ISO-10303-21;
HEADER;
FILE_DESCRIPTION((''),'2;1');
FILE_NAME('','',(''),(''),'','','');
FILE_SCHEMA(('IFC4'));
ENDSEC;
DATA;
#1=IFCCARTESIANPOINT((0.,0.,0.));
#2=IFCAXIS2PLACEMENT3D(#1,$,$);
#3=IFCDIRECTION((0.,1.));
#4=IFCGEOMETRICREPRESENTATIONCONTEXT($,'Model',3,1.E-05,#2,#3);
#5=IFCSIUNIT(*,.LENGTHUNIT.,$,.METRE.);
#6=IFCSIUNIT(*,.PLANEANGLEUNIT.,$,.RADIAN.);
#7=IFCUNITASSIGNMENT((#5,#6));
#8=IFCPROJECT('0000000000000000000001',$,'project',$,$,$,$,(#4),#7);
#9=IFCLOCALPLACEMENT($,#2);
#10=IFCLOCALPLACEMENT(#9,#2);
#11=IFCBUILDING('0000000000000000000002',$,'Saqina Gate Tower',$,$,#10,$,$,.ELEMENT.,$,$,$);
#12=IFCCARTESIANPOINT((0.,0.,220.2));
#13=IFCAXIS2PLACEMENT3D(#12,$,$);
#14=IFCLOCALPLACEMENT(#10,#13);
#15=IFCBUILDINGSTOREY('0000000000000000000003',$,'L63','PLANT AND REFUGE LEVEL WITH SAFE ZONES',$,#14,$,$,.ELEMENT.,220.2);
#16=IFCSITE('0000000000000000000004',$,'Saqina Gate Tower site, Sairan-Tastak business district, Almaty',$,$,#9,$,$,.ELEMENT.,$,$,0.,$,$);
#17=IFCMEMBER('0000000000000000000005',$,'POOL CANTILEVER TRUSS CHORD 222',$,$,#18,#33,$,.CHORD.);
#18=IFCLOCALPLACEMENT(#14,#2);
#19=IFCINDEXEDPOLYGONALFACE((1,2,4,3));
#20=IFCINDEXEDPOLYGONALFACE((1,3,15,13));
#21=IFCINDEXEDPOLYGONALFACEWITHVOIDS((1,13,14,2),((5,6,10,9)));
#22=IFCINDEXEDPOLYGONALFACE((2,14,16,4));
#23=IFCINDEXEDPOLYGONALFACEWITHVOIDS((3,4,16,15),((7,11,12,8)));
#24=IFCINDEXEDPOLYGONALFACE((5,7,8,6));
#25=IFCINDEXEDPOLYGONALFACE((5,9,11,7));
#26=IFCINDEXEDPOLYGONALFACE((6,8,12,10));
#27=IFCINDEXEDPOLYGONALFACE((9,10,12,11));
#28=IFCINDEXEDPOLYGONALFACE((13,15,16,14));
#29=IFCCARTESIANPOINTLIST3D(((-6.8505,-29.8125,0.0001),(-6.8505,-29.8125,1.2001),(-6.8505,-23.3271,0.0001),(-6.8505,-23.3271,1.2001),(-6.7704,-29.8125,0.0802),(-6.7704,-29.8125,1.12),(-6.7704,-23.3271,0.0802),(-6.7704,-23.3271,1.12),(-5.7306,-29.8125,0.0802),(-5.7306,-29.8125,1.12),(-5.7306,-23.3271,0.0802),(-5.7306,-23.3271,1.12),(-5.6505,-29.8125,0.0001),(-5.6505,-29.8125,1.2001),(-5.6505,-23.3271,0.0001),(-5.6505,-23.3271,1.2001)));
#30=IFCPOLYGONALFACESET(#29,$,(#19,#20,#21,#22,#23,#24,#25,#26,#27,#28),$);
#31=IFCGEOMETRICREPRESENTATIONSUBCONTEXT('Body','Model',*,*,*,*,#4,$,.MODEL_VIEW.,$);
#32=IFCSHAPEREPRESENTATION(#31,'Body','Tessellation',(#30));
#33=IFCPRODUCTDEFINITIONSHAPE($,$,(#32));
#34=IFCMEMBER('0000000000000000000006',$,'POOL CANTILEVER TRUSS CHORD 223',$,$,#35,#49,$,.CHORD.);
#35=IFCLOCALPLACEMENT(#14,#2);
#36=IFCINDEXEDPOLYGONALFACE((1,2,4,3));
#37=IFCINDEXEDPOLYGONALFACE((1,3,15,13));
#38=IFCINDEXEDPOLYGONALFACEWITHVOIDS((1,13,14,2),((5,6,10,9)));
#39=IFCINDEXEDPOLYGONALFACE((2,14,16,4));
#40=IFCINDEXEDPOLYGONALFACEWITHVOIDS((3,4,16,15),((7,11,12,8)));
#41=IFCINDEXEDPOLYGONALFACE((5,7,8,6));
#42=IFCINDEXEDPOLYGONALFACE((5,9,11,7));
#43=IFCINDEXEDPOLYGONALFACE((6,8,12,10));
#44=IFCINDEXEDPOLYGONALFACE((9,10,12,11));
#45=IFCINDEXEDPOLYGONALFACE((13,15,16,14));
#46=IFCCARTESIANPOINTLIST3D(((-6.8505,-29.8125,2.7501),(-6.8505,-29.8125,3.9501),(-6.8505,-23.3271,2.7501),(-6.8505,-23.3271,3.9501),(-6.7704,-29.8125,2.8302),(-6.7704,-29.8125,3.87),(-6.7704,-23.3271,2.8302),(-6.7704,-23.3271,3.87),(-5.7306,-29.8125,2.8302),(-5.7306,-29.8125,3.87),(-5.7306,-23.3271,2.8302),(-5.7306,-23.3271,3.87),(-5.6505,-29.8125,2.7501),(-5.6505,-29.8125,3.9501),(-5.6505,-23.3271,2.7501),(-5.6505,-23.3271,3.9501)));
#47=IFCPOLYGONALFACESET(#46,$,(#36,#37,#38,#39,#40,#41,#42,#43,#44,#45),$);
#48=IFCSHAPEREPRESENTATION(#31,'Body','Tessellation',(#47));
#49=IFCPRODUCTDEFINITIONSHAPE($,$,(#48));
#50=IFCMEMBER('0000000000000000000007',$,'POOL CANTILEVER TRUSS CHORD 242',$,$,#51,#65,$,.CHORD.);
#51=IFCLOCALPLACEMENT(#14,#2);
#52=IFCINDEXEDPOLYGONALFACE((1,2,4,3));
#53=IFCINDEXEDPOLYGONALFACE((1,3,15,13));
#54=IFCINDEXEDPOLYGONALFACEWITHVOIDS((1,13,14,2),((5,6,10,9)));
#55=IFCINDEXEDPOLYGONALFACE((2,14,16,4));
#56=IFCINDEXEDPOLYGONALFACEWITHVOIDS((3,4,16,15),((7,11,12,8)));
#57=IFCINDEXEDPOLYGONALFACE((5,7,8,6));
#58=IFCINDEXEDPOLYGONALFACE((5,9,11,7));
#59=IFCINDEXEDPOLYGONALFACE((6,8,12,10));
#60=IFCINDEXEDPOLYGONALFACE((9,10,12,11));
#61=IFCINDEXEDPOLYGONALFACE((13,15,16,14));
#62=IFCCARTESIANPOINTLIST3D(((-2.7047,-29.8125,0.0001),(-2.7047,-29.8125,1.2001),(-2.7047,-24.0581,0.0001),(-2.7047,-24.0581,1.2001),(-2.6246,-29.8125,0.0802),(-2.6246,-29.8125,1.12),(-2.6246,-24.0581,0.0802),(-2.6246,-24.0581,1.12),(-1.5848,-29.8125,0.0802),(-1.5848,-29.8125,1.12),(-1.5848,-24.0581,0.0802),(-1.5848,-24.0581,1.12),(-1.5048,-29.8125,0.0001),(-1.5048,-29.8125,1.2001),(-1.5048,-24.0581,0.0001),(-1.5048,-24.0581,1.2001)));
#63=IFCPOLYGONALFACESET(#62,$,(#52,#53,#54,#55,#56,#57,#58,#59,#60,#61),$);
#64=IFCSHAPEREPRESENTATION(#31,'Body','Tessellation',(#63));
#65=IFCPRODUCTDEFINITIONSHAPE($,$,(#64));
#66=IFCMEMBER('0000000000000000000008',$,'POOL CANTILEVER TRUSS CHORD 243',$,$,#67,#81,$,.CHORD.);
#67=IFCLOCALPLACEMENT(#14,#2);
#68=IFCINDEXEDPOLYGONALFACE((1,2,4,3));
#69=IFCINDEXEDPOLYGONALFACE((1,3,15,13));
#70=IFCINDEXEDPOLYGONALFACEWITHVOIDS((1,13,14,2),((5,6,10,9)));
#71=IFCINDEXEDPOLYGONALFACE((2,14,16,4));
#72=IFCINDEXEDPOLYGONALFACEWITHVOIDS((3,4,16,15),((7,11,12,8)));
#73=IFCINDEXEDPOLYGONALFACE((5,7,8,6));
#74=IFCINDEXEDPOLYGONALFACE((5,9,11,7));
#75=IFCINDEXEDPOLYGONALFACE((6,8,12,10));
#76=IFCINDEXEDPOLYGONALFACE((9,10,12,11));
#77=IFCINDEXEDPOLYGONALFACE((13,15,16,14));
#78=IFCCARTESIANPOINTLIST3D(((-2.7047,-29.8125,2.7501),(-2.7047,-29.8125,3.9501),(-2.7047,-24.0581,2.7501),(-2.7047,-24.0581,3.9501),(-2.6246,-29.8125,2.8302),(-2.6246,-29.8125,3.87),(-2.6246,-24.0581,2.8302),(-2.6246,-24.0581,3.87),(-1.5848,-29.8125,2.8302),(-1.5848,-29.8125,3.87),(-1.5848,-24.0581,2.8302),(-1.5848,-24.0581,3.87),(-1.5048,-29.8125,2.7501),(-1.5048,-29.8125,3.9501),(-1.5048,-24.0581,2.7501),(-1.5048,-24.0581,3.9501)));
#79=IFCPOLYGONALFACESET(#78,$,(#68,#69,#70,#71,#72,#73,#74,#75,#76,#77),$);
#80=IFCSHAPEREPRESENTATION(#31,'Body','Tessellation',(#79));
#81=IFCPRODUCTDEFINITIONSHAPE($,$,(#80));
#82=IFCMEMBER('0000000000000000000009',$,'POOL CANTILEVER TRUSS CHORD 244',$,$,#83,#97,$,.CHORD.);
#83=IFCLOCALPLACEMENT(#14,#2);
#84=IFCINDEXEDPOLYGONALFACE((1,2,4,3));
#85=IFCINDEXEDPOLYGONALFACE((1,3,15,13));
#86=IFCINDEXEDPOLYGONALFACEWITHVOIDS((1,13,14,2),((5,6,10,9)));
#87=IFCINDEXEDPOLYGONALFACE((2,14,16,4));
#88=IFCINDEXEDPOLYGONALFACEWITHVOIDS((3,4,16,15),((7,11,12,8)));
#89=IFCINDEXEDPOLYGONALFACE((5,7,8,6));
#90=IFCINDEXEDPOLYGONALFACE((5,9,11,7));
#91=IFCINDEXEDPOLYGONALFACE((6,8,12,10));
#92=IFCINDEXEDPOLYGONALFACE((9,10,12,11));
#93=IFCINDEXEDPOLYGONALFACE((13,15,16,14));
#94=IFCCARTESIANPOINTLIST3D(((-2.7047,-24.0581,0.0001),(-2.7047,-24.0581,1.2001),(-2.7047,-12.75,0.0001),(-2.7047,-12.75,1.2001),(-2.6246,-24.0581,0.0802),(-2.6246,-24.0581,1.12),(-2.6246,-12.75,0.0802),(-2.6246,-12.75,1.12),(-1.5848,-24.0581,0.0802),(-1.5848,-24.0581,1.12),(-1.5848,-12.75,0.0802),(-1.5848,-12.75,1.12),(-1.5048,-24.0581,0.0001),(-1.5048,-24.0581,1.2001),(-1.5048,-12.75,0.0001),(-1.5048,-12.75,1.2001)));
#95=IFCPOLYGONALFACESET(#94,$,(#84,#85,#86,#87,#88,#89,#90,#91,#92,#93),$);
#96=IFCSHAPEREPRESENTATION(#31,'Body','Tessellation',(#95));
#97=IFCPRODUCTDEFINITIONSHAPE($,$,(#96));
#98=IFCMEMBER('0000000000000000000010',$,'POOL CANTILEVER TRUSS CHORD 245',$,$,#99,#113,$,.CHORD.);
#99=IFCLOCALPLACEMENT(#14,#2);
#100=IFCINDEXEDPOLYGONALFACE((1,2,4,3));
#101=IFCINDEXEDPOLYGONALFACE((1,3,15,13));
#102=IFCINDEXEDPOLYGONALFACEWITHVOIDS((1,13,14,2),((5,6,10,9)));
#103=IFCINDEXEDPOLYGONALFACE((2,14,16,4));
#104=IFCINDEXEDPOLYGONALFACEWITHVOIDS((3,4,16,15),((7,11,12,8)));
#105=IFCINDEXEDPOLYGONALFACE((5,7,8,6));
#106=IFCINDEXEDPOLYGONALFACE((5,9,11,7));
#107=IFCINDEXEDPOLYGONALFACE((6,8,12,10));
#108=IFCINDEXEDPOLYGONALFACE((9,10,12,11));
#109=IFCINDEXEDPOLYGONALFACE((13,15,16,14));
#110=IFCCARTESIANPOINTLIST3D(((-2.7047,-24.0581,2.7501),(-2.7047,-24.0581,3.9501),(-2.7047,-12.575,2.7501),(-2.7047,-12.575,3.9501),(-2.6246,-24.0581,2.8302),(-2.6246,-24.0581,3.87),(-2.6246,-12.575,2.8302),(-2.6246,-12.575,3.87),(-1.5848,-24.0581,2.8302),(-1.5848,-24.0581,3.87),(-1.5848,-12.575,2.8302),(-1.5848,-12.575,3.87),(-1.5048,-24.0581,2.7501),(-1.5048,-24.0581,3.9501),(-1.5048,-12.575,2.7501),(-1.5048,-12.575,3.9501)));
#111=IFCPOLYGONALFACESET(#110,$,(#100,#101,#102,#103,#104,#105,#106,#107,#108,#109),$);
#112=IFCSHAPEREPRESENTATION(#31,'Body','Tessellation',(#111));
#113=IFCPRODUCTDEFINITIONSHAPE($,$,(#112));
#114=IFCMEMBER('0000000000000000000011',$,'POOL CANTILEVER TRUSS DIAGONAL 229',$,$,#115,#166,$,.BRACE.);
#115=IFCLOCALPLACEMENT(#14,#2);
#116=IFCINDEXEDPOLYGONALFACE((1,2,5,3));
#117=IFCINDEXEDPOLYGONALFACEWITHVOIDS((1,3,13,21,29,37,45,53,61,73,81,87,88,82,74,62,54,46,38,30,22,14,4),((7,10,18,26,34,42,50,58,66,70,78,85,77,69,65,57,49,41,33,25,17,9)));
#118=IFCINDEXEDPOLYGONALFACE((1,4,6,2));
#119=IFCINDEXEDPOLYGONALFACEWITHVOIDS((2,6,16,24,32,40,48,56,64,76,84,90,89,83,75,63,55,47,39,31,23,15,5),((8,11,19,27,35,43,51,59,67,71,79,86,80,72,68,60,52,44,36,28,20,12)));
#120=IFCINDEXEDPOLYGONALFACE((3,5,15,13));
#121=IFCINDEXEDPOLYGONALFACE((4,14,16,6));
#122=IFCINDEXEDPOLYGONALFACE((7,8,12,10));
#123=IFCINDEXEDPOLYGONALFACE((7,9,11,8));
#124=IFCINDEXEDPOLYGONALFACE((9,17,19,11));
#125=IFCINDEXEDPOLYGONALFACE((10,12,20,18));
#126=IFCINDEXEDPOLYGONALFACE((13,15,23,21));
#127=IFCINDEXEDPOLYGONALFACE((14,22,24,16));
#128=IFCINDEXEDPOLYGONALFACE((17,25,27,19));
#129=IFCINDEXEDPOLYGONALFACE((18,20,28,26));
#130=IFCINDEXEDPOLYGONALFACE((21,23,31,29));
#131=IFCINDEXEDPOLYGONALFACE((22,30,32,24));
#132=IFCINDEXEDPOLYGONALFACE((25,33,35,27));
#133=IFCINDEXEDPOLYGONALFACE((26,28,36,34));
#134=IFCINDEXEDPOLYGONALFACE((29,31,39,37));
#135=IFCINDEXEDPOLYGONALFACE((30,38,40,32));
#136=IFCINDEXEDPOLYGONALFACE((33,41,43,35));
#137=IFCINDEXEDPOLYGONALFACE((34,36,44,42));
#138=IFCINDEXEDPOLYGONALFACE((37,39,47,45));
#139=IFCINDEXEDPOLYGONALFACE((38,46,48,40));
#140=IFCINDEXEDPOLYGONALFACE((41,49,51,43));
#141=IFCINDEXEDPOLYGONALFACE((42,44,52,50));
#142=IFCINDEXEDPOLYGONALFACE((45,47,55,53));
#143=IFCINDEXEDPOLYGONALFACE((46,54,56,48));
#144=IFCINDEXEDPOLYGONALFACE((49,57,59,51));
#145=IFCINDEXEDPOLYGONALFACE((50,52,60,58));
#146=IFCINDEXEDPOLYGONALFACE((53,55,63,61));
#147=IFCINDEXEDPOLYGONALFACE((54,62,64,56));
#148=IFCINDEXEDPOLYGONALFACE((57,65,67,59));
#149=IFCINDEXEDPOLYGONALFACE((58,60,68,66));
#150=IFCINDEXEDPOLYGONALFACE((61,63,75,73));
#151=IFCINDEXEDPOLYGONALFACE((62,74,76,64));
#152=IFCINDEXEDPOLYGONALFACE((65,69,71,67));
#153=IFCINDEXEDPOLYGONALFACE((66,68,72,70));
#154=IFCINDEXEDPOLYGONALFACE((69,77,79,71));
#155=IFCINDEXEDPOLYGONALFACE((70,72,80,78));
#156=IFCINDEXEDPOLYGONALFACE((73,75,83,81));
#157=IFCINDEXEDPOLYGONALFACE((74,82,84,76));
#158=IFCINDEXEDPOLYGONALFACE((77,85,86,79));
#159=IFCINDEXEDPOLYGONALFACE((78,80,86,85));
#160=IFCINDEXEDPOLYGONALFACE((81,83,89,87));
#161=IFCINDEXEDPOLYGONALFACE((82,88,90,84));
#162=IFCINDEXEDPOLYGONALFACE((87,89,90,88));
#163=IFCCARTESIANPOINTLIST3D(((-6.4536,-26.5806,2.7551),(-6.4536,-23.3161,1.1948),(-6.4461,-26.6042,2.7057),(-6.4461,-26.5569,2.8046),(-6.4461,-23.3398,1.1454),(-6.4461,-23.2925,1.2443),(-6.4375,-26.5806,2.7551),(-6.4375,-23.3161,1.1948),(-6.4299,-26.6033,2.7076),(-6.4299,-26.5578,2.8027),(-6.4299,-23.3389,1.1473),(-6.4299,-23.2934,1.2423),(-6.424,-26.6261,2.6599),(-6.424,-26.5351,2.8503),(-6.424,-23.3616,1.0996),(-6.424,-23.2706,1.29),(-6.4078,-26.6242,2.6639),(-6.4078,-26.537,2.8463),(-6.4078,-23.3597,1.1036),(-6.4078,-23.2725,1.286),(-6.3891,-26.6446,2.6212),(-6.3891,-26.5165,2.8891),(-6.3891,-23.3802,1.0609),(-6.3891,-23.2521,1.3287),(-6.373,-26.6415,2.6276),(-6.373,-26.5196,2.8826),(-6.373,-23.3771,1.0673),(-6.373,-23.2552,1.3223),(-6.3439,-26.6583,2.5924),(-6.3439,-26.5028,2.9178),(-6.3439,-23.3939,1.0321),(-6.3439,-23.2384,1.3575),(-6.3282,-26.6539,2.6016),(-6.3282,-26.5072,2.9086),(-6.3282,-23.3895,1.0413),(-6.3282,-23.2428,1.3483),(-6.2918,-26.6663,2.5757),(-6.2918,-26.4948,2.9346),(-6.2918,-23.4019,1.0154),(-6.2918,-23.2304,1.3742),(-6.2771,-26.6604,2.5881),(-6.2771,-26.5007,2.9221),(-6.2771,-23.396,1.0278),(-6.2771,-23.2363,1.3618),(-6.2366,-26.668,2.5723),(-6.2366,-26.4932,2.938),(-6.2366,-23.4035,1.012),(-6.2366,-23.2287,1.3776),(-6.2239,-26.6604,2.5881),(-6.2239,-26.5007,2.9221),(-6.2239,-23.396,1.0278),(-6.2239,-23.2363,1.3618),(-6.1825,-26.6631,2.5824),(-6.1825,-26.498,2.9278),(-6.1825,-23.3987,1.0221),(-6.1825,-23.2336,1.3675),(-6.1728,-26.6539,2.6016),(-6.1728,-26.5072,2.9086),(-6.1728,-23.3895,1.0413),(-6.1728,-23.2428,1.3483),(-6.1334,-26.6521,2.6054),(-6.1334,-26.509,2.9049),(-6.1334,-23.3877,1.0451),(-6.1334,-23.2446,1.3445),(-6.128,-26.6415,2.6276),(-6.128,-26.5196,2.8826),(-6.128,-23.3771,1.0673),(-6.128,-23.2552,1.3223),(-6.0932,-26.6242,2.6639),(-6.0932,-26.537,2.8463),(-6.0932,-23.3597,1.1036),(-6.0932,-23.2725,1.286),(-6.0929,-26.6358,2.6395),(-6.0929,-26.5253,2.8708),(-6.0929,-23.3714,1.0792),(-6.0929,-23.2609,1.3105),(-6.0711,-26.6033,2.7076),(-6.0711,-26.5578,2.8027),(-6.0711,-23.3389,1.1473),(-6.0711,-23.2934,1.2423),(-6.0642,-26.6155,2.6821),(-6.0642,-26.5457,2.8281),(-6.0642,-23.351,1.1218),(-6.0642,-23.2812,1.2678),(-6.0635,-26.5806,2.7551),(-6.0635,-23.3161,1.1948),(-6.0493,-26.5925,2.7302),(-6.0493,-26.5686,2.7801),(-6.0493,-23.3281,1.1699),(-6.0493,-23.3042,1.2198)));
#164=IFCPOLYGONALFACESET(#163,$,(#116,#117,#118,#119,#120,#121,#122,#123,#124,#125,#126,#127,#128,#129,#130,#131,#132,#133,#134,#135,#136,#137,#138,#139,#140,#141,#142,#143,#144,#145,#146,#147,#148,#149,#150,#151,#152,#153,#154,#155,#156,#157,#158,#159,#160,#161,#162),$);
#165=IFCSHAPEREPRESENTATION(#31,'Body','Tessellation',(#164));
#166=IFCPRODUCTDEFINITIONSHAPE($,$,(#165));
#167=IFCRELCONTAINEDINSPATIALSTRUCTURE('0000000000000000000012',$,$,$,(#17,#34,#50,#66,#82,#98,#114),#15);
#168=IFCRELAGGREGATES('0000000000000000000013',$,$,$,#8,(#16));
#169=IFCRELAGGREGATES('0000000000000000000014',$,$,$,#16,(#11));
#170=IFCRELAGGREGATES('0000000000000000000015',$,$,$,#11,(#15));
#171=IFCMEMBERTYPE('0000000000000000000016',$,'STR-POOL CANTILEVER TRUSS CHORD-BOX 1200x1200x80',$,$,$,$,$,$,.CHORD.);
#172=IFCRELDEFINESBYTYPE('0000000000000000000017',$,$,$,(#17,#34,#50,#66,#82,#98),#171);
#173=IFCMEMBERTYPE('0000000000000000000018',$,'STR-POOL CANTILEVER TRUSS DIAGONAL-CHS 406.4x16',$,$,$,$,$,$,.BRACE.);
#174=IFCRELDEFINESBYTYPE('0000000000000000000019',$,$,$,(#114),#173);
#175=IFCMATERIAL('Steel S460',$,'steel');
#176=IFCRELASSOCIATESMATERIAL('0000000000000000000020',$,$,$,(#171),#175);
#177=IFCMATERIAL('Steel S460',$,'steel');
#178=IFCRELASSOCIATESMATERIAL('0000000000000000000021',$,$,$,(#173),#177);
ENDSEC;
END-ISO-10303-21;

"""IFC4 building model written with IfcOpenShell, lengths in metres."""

from ifc_helpers import new_model, si_unit, direction, frame, origin, origin_2d, place, context, subcontext, project, spatial, hollow_rectangle, hollow_circle, extrude, material, material_profile, profile_set, type_object, element, save


model = new_model("IFC4")

# Units and contexts
model_context = context("Model", 3, precision=1e-05, world=origin(), true_north=direction((0.0, 1.0)))
body_context = subcontext(model_context, "Body", "Model", "MODEL_VIEW")
ifc_project = project(units=[si_unit("LENGTHUNIT", "METRE"), si_unit("PLANEANGLEUNIT", "RADIAN")], contexts=[model_context])

# Site, building, storey
site_placement = place(None, origin())
site = spatial("IfcSite", under=ifc_project, at=site_placement, Name="Saqina Gate Tower site, Sairan-Tastak business district, Almaty", CompositionType="ELEMENT", RefElevation=0.0)
building_placement = place(site_placement, origin())
building = spatial("IfcBuilding", under=site, at=building_placement, Name="Saqina Gate Tower", CompositionType="ELEMENT")
storey_placement = place(building_placement, frame((0.0, 0.0, 220.2)))
storey = spatial("IfcBuildingStorey", under=building, at=storey_placement, Name="L63", Description="PLANT AND REFUGE LEVEL WITH SAFE ZONES", CompositionType="ELEMENT", Elevation=220.2)

# Members
ifc_material_1 = material(Name="Steel S460", Category="steel")
ifc_material_profile_1 = material_profile(ifc_material_1, hollow_rectangle(XDim=1.2, YDim=1.2, WallThickness=0.0801, at=origin_2d()), Name="BOX 1200x1200x80")
ifc_profile_set_1 = profile_set([ifc_material_profile_1], Name="Steel S460")
member_type_1 = type_object("IfcMemberType", Name="STR-POOL CANTILEVER TRUSS CHORD-BOX 1200x1200x80", PredefinedType="CHORD", material=ifc_profile_set_1)
for number, where, z_axis, x_axis, name in (
    (1, (-6.2505, -29.8125, 0.6001), (0.0, 1.0, 0.0), (-1.0, 0.0, 0.0), "POOL CANTILEVER TRUSS CHORD 222"),
    (2, (-6.2505, -29.8125, 3.3501), (0.0, 1.0, 0.0), (-1.0, 0.0, 0.0), "POOL CANTILEVER TRUSS CHORD 223"),
):
    element("IfcMember", number, at=place(storey_placement, frame(where, z_axis=z_axis, x_axis=x_axis)), inside=storey, type_object=member_type_1, Name=name, PredefinedType="CHORD", context=body_context, shape_type="SweptSolid", body=[
        extrude(hollow_rectangle(XDim=1.2, YDim=1.2, WallThickness=0.0801, at=origin_2d()), origin(), (0.0, 0.0, 1.0), 6.4854),
    ])
for number, where, z_axis, x_axis, name in (
    (3, (-2.1047, -29.8125, 0.6001), (0.0, 1.0, 0.0), (-1.0, 0.0, 0.0), "POOL CANTILEVER TRUSS CHORD 242"),
    (4, (-2.1047, -29.8125, 3.3501), (0.0, 1.0, 0.0), (-1.0, 0.0, 0.0), "POOL CANTILEVER TRUSS CHORD 243"),
):
    element("IfcMember", number, at=place(storey_placement, frame(where, z_axis=z_axis, x_axis=x_axis)), inside=storey, type_object=member_type_1, Name=name, PredefinedType="CHORD", context=body_context, shape_type="SweptSolid", body=[
        extrude(hollow_rectangle(XDim=1.2, YDim=1.2, WallThickness=0.0801, at=origin_2d()), origin(), (0.0, 0.0, 1.0), 5.7544),
    ])
member_1_placement = place(storey_placement, frame((-2.1047, -24.0581, 0.6001), z_axis=(0.0, 1.0, 0.0), x_axis=(-1.0, 0.0, 0.0)))
element("IfcMember", 5, at=member_1_placement, inside=storey, type_object=member_type_1, Name="POOL CANTILEVER TRUSS CHORD 244", PredefinedType="CHORD", context=body_context, shape_type="SweptSolid", body=[
    extrude(hollow_rectangle(XDim=1.2, YDim=1.2, WallThickness=0.0801, at=origin_2d()), origin(), (0.0, 0.0, 1.0), 11.3081),
])
member_2_placement = place(storey_placement, frame((-2.1047, -24.0581, 3.3501), z_axis=(0.0, 1.0, 0.0), x_axis=(-1.0, 0.0, 0.0)))
element("IfcMember", 6, at=member_2_placement, inside=storey, type_object=member_type_1, Name="POOL CANTILEVER TRUSS CHORD 245", PredefinedType="CHORD", context=body_context, shape_type="SweptSolid", body=[
    extrude(hollow_rectangle(XDim=1.2, YDim=1.2, WallThickness=0.0801, at=origin_2d()), origin(), (0.0, 0.0, 1.0), 11.4832),
])
ifc_material_2 = material(Name="Steel S460", Category="steel")
ifc_material_profile_2 = material_profile(ifc_material_2, hollow_circle(Radius=0.2031, WallThickness=0.0161, at=origin_2d()), Name="CHS 406.4x16")
ifc_profile_set_2 = profile_set([ifc_material_profile_2], Name="Steel S460")
member_type_2 = type_object("IfcMemberType", Name="STR-POOL CANTILEVER TRUSS DIAGONAL-CHS 406.4x16", PredefinedType="BRACE", material=ifc_profile_set_2)
member_3_placement = place(storey_placement, frame((-6.2505, -26.5806, 2.7551), z_axis=(0.0, 0.902235, -0.431245), x_axis=(-1.0, 0.0, 0.0)))
element("IfcMember", 7, at=member_3_placement, inside=storey, type_object=member_type_2, Name="POOL CANTILEVER TRUSS DIAGONAL 229", PredefinedType="BRACE", context=body_context, shape_type="SweptSolid", body=[
    extrude(hollow_circle(Radius=0.2031, WallThickness=0.0161, at=origin_2d()), origin(), (0.0, 0.0, 1.0), 3.6182),
])

save(model, "model.ifc")
